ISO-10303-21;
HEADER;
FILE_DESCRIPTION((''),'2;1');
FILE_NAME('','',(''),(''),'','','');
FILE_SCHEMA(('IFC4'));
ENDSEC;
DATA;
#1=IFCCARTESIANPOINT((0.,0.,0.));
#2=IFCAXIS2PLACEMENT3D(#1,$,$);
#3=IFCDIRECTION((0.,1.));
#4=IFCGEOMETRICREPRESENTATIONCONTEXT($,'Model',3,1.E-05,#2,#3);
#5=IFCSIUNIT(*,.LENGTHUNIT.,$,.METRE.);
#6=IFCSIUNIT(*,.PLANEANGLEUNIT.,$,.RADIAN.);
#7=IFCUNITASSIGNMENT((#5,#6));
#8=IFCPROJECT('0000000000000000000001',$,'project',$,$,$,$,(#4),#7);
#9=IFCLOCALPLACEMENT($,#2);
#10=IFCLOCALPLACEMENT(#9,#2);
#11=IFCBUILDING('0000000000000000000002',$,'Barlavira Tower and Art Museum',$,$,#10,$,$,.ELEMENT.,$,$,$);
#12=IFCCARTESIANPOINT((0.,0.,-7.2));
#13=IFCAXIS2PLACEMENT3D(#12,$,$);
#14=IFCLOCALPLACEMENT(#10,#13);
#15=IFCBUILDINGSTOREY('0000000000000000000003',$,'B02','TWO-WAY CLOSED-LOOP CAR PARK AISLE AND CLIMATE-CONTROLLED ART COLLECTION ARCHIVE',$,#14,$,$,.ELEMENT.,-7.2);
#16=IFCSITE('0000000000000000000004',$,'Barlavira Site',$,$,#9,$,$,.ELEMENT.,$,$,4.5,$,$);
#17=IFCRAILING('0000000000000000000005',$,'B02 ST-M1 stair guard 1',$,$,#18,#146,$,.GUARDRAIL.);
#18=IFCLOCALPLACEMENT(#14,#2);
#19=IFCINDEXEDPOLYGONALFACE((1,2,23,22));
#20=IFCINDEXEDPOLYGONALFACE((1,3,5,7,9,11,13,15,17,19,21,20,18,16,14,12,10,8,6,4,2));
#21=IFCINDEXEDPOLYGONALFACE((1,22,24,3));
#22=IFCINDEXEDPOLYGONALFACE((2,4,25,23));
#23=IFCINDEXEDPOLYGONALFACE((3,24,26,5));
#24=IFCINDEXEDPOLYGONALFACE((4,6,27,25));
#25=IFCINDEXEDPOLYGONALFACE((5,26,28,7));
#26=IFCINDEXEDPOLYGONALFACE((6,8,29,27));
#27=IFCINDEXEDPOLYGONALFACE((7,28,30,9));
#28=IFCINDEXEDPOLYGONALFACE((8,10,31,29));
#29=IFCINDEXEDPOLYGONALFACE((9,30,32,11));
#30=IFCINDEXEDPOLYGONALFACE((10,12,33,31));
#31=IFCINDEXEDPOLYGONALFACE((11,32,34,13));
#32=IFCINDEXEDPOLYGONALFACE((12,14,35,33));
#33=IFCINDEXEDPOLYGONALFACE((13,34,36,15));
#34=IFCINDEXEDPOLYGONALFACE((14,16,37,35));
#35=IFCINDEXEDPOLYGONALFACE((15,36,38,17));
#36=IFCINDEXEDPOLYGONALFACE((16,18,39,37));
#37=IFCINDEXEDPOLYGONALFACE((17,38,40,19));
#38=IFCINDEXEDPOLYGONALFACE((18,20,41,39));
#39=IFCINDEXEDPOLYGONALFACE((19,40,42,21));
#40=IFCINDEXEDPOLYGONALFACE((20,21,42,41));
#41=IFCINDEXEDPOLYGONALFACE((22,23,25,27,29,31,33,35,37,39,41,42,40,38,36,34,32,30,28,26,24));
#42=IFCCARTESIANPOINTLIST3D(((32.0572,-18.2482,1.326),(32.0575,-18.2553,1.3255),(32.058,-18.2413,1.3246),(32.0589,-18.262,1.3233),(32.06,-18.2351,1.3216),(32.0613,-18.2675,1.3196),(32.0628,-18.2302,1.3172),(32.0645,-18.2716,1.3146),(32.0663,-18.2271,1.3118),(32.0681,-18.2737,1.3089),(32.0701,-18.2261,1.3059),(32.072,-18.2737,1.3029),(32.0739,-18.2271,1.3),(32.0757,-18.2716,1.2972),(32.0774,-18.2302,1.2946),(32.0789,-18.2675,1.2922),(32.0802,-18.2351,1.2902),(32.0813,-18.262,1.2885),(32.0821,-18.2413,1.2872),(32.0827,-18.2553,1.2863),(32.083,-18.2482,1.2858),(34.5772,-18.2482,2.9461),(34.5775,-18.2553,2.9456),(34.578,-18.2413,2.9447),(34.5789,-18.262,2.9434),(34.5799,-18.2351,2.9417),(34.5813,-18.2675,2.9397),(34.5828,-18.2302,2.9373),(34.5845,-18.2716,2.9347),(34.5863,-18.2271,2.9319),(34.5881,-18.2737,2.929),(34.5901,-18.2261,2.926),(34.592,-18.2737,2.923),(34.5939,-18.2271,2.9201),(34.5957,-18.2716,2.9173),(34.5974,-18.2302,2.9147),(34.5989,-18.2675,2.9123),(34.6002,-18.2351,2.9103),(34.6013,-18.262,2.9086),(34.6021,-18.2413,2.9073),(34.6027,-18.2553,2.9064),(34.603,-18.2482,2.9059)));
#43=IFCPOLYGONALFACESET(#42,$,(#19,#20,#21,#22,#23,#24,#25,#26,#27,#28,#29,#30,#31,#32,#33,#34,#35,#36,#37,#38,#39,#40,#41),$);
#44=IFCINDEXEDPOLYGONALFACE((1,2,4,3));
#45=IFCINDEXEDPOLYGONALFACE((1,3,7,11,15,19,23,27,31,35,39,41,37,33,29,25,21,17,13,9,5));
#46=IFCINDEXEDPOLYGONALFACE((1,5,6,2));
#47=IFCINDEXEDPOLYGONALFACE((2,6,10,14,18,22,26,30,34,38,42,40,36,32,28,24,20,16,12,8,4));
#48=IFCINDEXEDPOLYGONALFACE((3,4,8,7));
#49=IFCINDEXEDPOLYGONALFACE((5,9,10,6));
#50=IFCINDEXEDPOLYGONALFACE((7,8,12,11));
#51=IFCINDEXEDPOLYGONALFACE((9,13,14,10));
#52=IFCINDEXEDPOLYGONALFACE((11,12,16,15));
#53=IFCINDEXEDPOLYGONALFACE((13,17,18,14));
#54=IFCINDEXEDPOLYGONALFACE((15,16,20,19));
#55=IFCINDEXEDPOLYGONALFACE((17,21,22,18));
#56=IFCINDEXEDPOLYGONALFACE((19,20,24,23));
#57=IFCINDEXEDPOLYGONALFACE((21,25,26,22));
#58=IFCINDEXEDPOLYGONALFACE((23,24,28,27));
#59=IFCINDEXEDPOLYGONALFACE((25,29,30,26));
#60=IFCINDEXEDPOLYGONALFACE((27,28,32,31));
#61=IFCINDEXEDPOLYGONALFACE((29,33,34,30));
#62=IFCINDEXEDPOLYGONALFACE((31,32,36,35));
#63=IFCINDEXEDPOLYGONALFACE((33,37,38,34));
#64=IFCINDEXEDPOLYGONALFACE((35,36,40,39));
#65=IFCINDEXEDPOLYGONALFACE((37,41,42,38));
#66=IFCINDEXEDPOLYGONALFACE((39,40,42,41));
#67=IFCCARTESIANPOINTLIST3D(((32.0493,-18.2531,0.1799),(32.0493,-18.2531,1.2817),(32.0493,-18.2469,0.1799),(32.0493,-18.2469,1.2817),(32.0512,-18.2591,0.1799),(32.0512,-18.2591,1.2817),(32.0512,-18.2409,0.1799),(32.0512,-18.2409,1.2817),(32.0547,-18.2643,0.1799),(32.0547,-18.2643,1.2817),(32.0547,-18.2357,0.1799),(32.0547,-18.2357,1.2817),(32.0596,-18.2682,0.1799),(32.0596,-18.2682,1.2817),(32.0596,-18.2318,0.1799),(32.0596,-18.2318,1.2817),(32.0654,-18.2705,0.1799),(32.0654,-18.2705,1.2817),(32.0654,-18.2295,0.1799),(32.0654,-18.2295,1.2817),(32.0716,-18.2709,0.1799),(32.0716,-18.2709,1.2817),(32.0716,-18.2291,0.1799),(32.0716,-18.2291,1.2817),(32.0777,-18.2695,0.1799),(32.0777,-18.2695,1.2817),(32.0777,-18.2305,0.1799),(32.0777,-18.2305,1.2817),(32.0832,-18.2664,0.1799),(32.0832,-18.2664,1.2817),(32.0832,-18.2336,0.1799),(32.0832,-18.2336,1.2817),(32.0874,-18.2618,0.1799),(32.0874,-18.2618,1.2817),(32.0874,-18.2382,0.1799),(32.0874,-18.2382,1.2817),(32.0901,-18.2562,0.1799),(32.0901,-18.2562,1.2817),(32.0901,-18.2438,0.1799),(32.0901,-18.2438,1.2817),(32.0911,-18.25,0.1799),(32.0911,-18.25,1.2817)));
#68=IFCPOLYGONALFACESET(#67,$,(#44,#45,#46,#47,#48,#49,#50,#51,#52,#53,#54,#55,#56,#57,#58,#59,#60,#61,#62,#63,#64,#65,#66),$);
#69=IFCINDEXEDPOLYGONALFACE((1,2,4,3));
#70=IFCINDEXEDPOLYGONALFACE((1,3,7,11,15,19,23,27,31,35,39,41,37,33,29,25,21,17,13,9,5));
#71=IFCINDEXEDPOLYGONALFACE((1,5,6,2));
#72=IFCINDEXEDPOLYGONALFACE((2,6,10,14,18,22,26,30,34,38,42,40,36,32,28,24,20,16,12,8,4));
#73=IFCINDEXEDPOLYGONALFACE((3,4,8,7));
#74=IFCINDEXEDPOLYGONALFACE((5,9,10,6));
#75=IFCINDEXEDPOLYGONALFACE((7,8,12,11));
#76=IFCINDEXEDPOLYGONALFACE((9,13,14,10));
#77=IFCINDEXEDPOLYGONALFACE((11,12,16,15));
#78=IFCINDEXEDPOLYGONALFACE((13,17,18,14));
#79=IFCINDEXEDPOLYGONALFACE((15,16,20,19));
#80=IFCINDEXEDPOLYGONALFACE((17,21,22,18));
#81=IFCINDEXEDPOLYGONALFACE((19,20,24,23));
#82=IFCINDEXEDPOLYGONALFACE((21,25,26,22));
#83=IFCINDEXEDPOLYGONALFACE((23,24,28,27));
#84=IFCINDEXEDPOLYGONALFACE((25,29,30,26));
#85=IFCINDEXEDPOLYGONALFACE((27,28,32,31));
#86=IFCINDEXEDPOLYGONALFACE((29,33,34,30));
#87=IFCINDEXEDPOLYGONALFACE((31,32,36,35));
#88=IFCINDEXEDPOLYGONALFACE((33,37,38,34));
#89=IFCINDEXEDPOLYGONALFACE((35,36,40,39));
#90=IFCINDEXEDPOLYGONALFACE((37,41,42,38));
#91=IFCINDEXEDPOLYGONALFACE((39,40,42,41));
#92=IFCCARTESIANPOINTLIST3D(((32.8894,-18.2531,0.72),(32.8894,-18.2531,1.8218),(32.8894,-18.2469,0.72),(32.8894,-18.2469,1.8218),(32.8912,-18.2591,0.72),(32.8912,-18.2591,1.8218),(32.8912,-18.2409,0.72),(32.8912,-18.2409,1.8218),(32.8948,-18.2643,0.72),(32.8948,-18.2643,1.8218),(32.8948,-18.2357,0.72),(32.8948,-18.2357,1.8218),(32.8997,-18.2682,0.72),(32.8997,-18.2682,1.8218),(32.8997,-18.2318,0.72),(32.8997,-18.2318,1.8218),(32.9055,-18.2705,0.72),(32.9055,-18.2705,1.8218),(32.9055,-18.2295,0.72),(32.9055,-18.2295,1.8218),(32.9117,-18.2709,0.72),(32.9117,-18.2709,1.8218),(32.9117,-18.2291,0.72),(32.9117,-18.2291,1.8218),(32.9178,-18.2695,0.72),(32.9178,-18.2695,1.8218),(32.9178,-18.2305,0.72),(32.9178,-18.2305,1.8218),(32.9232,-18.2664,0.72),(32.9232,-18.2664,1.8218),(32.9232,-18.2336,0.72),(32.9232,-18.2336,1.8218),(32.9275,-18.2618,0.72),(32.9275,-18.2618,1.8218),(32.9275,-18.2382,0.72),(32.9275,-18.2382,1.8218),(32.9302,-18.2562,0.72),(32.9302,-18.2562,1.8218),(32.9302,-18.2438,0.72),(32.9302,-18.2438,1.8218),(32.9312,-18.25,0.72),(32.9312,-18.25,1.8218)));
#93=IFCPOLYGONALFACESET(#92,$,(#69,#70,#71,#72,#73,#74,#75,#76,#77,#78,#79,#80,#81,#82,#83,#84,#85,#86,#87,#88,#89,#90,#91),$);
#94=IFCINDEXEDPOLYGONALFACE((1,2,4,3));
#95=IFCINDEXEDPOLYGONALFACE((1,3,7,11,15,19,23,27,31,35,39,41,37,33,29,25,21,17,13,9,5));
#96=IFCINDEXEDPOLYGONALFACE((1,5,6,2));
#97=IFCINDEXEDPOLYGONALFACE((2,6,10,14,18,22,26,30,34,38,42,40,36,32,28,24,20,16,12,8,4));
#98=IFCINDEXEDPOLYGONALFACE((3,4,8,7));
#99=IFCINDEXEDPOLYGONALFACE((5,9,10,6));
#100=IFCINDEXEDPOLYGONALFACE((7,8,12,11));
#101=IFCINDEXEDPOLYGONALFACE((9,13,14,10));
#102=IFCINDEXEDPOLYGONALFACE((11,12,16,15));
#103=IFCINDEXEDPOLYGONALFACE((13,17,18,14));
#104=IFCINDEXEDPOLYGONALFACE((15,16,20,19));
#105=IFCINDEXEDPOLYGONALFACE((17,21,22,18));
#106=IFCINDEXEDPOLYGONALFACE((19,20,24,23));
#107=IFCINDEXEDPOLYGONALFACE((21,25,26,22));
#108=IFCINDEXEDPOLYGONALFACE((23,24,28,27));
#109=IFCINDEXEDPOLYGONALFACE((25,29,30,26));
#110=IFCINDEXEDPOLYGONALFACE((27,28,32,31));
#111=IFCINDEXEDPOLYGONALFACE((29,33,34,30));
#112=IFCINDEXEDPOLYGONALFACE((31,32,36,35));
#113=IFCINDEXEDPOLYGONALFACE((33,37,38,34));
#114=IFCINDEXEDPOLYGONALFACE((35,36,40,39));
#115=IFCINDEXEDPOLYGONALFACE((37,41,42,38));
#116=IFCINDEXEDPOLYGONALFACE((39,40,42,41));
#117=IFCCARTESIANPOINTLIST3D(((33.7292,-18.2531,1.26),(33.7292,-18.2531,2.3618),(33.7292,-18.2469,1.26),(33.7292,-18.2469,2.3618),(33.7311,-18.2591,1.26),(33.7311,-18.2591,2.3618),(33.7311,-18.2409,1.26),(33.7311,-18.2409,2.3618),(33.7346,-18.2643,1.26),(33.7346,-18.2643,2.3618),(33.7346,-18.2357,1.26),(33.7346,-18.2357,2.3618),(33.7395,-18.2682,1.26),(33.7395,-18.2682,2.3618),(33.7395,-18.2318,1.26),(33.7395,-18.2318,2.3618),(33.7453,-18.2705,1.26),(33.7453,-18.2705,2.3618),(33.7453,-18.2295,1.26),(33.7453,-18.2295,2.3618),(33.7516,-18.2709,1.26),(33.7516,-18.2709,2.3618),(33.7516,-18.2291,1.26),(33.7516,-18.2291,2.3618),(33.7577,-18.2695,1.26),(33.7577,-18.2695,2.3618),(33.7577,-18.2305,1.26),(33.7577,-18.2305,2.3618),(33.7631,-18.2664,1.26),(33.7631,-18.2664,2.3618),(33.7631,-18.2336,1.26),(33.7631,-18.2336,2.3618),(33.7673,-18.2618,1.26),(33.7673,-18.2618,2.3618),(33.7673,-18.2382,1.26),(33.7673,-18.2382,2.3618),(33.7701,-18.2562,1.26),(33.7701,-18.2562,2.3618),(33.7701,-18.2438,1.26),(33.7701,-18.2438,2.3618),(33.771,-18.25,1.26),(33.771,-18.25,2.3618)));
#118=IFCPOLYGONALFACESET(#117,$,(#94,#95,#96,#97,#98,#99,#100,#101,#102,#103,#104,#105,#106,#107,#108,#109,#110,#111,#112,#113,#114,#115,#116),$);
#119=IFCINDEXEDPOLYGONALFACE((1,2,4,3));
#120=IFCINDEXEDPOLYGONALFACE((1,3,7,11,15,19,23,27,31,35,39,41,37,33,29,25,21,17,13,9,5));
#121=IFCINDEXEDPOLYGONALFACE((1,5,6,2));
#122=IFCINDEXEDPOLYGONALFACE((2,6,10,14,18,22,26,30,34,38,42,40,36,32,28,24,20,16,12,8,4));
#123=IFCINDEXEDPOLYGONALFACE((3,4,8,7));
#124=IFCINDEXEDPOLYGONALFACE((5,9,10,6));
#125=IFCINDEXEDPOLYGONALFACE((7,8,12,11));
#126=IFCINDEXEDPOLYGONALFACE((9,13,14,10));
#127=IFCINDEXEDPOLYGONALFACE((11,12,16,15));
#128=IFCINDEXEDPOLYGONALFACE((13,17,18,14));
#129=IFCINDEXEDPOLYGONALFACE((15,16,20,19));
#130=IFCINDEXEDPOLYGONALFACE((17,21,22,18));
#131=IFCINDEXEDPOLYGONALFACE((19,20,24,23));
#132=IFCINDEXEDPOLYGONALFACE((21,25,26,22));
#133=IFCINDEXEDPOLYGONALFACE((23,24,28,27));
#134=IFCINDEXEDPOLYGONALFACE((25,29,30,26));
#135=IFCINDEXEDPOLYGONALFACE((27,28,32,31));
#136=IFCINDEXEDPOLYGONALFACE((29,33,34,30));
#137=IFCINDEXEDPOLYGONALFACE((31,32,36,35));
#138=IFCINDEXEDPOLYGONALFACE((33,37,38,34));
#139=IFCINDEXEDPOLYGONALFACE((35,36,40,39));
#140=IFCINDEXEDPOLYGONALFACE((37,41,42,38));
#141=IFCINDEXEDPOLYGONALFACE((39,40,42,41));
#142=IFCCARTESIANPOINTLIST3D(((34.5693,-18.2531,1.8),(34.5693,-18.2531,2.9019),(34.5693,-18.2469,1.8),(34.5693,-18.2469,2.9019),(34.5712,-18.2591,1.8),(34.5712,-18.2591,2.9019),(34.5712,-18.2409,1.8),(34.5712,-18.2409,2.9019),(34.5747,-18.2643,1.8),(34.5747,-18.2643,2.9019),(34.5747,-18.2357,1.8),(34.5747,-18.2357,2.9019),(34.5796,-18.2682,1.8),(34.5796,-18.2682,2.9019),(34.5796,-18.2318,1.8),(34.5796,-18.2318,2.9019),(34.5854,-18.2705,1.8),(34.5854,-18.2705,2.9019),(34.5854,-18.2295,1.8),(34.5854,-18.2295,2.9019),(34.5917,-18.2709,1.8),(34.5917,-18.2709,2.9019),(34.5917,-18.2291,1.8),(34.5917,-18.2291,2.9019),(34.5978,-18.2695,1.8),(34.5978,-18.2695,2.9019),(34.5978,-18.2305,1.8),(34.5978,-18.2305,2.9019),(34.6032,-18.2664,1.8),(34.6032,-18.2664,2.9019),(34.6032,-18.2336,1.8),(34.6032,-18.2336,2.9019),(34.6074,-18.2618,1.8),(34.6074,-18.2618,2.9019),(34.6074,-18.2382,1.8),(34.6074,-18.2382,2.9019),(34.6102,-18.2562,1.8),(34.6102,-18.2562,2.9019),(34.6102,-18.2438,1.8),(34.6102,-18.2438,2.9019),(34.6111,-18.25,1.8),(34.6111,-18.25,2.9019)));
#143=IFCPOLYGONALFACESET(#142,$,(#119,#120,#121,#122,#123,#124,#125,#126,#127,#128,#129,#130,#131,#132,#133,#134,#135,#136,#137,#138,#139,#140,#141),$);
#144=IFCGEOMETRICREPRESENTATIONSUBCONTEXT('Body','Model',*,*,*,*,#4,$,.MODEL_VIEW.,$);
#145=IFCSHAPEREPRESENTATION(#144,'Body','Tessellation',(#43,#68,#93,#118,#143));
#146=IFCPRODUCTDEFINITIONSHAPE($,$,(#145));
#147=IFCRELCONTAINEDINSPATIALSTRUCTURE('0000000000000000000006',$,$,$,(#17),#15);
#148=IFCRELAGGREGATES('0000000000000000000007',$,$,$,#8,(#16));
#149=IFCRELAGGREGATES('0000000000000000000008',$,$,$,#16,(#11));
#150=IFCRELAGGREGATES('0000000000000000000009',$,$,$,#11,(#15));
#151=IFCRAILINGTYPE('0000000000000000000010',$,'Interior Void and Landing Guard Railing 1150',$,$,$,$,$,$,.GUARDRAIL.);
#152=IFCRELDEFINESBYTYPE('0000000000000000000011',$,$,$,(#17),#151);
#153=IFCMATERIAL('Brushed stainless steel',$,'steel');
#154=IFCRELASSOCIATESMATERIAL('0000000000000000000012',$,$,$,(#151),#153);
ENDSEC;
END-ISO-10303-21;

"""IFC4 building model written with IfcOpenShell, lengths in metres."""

from ifc_helpers import new_model, si_unit, direction, frame, origin, origin_2d, place, context, subcontext, project, spatial, circle, extrude, material, type_object, element, save


model = new_model("IFC4")

# Units and contexts
model_context = context("Model", 3, precision=1e-05, world=origin(), true_north=direction((0.0, 1.0)))
body_context = subcontext(model_context, "Body", "Model", "MODEL_VIEW")
ifc_project = project(units=[si_unit("LENGTHUNIT", "METRE"), si_unit("PLANEANGLEUNIT", "RADIAN")], contexts=[model_context])

# Site, building, storey
site_placement = place(None, origin())
site = spatial("IfcSite", under=ifc_project, at=site_placement, Name="Barlavira Site", CompositionType="ELEMENT", RefElevation=4.5)
building_placement = place(site_placement, origin())
building = spatial("IfcBuilding", under=site, at=building_placement, Name="Barlavira Tower and Art Museum", CompositionType="ELEMENT")
storey_placement = place(building_placement, frame((0.0, 0.0, -7.2)))
storey = spatial("IfcBuildingStorey", under=building, at=storey_placement, Name="B02", Description="TWO-WAY CLOSED-LOOP CAR PARK AISLE AND CLIMATE-CONTROLLED ART COLLECTION ARCHIVE", CompositionType="ELEMENT", Elevation=-7.2)

# Shared definitions
ifc_material_1 = material(Name="Brushed stainless steel", Category="steel")

# Railing
railing_type_1 = type_object("IfcRailingType", Name="Interior Void and Landing Guard Railing 1150", PredefinedType="GUARDRAIL", material=ifc_material_1)
railing_1_placement = place(storey_placement, frame((32.0701, -18.25, 0.1799)))
element("IfcRailing", 1, at=railing_1_placement, inside=storey, type_object=railing_type_1, Name="B02 ST-M1 stair guard 1", PredefinedType="GUARDRAIL", context=body_context, shape_type="SweptSolid", body=[
    extrude(circle(Radius=0.0239, at=origin_2d()), frame((0.0, 0.0, 1.126), z_axis=(0.841163, 0.0, 0.540782), x_axis=(0.0, 1.0, 0.0)), (0.0, 0.0, 1.0), 2.9958),
    extrude(circle(Radius=0.021, at=origin_2d()), origin(), (0.0, 0.0, 1.0), 1.1018),
    extrude(circle(Radius=0.021, at=origin_2d()), frame((0.8401, 0.0, 0.54)), (0.0, 0.0, 1.0), 1.1018),
    extrude(circle(Radius=0.021, at=origin_2d()), frame((1.6799, 0.0, 1.0801)), (0.0, 0.0, 1.0), 1.1018),
    extrude(circle(Radius=0.021, at=origin_2d()), frame((2.52, 0.0, 1.6201)), (0.0, 0.0, 1.0), 1.1018),
])

save(model, "model.ifc")
